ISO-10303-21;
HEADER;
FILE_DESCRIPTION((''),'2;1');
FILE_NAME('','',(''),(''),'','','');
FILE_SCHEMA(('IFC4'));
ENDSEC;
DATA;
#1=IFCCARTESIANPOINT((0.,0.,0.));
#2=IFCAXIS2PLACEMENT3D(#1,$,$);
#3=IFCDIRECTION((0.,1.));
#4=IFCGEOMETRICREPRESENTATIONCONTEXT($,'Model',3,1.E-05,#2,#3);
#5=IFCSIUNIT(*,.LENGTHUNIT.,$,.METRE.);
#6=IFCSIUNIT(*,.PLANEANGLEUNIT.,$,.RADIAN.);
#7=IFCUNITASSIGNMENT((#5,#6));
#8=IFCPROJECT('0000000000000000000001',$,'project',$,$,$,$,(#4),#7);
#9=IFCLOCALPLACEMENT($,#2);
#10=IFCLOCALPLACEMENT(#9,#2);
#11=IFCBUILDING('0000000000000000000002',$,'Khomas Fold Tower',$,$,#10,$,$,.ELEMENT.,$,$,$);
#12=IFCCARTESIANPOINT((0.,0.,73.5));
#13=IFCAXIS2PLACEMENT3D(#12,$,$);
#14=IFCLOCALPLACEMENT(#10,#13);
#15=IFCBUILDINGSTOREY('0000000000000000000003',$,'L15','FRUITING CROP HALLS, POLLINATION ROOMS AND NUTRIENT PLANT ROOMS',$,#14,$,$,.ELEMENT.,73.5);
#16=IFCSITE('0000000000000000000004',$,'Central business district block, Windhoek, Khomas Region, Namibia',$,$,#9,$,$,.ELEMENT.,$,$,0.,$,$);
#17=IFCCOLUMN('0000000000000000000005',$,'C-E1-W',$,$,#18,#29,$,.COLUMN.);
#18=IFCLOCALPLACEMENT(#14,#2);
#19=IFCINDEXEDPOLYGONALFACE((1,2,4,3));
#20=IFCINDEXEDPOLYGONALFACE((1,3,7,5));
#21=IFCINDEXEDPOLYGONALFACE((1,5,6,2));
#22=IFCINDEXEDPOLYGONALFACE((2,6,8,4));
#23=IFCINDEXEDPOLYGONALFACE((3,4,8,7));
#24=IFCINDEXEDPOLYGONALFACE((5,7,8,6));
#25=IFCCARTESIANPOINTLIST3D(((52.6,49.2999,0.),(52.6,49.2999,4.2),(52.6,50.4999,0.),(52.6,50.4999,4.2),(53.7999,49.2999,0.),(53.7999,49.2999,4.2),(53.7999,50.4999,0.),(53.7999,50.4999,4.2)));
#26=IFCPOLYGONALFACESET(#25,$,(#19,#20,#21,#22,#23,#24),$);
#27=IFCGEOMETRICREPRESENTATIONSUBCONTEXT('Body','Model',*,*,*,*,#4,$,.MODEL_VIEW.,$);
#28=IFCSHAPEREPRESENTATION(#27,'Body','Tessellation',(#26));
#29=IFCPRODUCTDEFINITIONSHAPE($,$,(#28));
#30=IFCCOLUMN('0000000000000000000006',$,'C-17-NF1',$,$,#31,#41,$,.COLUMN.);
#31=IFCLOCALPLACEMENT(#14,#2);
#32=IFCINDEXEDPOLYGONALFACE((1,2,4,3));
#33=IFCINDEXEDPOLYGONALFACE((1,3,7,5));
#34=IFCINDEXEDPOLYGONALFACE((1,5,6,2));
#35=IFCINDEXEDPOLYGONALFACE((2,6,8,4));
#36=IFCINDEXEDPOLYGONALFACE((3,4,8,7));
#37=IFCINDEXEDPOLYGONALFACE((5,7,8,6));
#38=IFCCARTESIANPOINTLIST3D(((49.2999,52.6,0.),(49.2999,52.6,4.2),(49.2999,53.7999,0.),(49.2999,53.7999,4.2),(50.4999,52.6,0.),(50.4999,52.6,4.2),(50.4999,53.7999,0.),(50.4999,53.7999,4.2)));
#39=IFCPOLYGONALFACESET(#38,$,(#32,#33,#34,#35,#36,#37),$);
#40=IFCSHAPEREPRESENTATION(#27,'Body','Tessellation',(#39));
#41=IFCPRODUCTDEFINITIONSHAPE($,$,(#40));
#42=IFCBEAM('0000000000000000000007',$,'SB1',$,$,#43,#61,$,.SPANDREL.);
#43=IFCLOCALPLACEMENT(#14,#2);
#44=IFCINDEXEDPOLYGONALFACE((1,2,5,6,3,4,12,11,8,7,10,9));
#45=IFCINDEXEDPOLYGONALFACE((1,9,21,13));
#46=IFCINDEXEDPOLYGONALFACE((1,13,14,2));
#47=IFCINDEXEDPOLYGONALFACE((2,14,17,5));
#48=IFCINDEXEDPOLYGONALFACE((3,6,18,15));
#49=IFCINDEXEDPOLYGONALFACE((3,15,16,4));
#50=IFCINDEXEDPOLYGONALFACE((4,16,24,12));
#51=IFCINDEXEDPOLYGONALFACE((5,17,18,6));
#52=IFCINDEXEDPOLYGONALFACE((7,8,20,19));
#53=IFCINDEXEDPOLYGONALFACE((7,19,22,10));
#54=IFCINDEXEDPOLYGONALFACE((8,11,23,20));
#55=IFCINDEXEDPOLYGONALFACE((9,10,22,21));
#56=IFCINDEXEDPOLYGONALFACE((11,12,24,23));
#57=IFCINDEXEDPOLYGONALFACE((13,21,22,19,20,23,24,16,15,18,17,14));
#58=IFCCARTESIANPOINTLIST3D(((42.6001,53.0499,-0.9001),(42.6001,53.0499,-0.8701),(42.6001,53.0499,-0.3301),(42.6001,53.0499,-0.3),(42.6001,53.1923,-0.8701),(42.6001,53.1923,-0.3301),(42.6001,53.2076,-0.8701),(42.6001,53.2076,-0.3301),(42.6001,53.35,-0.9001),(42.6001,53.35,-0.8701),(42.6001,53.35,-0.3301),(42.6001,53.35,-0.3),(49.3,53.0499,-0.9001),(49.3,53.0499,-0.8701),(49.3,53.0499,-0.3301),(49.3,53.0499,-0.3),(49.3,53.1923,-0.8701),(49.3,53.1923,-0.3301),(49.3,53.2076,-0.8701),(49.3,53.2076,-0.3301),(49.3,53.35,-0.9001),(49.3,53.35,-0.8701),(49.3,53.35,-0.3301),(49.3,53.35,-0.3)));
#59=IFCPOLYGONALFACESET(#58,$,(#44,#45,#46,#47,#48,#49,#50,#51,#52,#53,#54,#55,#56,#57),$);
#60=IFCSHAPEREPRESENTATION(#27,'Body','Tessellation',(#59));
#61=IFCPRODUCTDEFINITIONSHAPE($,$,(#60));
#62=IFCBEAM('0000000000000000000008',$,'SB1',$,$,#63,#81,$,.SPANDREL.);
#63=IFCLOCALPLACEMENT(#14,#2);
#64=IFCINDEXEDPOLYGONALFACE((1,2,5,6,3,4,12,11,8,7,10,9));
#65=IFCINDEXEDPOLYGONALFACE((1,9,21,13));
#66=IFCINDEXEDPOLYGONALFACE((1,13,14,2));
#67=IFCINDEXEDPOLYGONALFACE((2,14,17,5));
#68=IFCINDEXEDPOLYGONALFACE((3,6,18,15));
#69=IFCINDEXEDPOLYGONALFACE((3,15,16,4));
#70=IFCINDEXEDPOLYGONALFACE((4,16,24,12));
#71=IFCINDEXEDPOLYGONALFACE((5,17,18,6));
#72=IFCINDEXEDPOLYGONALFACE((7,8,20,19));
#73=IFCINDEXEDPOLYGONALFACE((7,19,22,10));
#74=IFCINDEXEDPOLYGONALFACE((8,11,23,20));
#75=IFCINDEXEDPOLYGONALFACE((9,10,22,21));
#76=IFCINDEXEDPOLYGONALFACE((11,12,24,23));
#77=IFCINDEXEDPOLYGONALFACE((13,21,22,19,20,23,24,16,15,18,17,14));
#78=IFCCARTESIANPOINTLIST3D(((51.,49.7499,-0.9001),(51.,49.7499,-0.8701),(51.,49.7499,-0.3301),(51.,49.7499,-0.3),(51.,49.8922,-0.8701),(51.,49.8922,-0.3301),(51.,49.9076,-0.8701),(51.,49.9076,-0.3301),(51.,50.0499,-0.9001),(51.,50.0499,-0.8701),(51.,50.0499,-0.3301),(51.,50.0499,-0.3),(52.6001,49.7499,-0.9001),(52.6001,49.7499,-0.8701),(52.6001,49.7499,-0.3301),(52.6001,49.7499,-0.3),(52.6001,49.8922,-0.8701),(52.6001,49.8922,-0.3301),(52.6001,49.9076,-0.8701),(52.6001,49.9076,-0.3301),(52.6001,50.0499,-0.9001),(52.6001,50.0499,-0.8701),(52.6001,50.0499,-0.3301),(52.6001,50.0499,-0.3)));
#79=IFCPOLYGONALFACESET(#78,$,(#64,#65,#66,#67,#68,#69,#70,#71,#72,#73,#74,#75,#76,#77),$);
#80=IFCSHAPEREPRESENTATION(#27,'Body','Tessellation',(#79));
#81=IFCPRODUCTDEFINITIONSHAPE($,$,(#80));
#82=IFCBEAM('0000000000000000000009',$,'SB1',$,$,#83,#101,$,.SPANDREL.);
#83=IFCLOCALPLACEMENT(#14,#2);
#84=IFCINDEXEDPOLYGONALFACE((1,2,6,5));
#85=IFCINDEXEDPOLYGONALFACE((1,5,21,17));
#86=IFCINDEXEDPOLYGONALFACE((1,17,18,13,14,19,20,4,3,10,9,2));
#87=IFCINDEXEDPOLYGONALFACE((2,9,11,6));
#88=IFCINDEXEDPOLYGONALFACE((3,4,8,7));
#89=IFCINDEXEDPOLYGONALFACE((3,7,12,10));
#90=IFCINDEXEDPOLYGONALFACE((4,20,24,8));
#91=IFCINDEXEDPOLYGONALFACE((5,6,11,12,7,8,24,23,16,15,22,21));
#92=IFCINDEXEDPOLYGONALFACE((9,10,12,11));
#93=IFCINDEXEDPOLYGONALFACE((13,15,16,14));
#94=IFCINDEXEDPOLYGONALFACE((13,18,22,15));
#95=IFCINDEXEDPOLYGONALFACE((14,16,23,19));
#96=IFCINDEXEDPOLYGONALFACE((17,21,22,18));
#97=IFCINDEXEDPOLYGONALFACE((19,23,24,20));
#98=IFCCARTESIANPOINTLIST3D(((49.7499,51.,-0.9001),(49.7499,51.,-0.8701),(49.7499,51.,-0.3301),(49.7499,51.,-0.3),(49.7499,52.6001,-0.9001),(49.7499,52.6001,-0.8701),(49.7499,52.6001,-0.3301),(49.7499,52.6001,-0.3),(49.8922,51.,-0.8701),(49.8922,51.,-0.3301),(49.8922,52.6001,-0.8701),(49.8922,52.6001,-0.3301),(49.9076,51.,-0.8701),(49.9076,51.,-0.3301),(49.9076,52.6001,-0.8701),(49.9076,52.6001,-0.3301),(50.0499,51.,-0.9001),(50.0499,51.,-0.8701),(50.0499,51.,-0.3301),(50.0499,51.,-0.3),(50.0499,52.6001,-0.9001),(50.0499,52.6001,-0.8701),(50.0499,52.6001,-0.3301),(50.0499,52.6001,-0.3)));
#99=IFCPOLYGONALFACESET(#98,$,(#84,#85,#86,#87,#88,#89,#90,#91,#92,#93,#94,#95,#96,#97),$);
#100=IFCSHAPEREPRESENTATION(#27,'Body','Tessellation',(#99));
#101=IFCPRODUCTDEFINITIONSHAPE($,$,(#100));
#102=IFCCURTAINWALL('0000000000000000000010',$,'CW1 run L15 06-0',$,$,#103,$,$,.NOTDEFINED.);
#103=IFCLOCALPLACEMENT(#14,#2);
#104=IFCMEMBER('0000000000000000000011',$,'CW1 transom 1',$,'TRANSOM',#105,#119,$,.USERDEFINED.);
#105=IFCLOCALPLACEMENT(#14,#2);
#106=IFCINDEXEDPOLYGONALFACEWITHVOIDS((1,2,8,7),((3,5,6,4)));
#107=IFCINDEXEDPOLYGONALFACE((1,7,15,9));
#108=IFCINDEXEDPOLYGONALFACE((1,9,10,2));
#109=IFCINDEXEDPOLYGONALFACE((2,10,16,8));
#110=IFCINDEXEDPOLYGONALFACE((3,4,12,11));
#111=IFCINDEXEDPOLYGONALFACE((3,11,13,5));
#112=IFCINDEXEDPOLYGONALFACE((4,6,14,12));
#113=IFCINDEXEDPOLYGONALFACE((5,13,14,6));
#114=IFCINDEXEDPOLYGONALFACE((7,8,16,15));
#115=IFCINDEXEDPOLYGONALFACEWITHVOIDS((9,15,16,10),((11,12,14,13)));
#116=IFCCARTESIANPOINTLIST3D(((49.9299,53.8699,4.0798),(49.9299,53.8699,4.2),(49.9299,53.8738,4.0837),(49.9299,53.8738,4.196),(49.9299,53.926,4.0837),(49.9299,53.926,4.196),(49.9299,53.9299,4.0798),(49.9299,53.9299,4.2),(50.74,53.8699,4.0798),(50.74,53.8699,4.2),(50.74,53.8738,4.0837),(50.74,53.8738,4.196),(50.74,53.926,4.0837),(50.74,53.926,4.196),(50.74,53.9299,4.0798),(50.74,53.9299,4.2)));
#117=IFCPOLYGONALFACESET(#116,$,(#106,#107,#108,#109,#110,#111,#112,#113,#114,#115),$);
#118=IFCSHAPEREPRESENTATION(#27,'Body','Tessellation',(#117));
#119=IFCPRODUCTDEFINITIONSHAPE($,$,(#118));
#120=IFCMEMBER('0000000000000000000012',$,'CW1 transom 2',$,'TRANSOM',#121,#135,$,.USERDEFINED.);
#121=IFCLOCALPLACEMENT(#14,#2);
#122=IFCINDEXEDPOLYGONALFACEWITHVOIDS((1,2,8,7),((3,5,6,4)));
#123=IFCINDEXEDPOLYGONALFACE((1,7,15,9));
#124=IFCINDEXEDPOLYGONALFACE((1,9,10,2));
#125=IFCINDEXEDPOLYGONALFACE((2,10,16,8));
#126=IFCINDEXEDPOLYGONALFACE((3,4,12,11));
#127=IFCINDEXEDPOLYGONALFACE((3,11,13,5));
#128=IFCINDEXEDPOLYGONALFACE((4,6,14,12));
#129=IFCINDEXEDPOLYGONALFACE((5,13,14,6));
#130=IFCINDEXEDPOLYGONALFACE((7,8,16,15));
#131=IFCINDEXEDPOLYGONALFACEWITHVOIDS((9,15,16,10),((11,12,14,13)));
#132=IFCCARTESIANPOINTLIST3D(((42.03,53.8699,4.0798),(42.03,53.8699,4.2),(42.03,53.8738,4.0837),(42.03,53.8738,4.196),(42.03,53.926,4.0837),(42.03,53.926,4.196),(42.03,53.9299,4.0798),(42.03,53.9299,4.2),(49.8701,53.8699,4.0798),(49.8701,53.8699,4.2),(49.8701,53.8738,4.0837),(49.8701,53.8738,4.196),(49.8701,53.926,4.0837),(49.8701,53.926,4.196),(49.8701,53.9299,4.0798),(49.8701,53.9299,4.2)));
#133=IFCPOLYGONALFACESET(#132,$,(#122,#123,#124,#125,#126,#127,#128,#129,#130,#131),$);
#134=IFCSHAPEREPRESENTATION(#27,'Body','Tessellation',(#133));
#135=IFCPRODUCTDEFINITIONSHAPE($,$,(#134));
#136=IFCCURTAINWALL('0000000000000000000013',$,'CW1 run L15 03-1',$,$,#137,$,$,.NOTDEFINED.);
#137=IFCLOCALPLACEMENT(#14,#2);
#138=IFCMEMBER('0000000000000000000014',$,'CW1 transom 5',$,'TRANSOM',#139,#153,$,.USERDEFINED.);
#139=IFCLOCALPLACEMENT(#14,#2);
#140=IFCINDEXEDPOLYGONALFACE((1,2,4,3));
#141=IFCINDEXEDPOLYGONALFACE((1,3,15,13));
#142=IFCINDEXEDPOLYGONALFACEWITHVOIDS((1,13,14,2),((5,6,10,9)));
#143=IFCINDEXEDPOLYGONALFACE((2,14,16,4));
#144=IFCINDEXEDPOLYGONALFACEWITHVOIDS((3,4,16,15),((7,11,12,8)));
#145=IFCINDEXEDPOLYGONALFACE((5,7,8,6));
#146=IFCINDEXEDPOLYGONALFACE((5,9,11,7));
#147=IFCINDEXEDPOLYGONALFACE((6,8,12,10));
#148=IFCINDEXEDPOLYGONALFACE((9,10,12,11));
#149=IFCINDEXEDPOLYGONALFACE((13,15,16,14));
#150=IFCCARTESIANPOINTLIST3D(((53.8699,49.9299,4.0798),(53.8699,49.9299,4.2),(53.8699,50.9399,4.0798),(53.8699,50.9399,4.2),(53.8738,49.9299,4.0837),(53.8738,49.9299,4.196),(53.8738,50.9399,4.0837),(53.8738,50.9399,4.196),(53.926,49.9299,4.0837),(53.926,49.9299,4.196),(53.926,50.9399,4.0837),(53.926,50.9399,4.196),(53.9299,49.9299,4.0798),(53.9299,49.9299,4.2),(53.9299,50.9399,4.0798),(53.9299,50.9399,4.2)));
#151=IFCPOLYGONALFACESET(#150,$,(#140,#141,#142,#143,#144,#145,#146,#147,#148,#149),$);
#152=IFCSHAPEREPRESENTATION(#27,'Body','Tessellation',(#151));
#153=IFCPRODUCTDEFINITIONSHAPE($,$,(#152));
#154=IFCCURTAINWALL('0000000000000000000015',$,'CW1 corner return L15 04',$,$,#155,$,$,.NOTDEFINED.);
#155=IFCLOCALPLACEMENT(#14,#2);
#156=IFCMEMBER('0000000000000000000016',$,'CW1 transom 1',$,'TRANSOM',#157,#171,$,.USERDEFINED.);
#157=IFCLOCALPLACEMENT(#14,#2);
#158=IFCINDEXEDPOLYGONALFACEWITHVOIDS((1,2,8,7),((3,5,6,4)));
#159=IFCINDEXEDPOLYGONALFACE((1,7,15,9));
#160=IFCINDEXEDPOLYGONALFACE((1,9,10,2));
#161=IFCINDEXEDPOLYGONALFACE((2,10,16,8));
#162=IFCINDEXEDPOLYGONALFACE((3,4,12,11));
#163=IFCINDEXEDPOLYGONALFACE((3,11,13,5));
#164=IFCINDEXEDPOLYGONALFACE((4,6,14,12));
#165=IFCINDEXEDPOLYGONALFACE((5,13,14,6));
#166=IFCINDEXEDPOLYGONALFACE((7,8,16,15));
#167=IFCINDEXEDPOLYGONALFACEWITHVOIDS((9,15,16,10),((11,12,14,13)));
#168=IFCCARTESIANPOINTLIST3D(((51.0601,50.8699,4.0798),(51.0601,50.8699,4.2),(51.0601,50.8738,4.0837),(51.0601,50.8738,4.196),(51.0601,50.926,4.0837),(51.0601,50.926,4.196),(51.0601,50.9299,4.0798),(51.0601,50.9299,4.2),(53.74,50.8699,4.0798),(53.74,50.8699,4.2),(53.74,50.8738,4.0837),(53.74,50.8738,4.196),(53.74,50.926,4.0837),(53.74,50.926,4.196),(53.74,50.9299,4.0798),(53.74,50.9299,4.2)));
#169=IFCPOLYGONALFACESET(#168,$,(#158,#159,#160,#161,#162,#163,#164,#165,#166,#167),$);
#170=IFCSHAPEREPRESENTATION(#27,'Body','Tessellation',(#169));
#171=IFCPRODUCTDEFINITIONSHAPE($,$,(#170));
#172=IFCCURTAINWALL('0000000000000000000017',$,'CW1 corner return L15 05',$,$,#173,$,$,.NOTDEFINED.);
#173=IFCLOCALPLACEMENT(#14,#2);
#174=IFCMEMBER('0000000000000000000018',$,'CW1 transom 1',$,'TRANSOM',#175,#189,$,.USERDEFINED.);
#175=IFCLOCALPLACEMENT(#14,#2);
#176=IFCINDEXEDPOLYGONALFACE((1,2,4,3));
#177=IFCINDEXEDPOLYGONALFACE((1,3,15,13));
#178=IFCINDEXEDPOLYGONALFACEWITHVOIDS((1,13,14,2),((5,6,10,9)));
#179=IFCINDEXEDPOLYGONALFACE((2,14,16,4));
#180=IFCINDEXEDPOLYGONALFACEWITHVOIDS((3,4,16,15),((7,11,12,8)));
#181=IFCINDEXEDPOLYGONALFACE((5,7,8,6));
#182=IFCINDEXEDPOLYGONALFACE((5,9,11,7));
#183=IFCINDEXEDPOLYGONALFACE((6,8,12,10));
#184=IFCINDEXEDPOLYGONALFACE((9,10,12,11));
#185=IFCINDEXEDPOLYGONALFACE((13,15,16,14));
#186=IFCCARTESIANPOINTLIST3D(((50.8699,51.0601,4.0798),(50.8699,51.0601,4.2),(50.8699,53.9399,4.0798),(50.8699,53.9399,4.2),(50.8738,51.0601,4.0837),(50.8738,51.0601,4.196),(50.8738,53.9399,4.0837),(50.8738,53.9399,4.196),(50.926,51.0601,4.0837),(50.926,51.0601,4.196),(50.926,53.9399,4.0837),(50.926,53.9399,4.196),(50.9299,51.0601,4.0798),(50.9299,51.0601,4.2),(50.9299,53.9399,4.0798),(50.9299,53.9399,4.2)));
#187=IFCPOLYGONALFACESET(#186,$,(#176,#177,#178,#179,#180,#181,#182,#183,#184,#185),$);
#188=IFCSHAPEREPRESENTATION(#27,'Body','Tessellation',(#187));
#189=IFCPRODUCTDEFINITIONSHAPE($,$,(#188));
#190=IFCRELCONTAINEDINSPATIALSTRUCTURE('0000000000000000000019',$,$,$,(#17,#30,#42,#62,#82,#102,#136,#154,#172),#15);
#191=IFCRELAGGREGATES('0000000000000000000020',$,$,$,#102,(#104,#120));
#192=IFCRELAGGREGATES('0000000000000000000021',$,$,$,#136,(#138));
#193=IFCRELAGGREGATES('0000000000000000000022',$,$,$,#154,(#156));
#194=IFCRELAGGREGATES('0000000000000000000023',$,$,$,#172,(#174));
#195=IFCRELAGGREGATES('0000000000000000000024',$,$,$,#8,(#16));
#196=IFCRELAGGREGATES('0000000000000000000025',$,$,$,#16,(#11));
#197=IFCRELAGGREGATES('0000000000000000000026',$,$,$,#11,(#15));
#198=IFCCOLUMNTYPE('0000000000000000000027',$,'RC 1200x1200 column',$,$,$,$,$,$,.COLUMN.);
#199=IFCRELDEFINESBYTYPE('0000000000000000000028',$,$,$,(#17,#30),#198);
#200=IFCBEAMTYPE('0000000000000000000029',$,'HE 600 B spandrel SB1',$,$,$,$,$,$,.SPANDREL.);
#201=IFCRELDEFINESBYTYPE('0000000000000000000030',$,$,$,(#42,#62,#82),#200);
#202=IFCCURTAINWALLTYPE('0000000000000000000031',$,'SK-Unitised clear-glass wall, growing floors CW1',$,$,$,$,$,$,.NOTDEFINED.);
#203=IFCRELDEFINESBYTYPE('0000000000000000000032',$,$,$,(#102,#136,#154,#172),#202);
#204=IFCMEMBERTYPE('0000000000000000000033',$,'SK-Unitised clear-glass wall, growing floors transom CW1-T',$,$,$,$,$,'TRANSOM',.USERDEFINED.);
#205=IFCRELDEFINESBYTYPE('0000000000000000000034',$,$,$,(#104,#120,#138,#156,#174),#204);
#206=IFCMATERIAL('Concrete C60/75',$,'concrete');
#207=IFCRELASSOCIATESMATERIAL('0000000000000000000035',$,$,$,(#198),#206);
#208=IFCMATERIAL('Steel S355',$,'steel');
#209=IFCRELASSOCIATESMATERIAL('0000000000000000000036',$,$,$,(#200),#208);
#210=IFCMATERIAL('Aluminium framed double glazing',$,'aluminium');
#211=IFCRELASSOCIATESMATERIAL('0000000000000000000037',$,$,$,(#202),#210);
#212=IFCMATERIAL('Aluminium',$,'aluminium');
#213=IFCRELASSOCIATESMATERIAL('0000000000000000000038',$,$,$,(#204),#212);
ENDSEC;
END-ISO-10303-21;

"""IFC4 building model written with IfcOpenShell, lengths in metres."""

from ifc_helpers import new_model, si_unit, direction, frame, origin, origin_2d, place, context, subcontext, project, spatial, rectangle, hollow_rectangle, i_section, extrude, source, transform, mapped, material, material_profile, profile_set, type_object, element, aggregate, save


model = new_model("IFC4")

# Units and contexts
model_context = context("Model", 3, precision=1e-05, world=origin(), true_north=direction((0.0, 1.0)))
body_context = subcontext(model_context, "Body", "Model", "MODEL_VIEW")
ifc_project = project(units=[si_unit("LENGTHUNIT", "METRE"), si_unit("PLANEANGLEUNIT", "RADIAN")], contexts=[model_context])

# Site, building, storey
site_placement = place(None, origin())
site = spatial("IfcSite", under=ifc_project, at=site_placement, Name="Central business district block, Windhoek, Khomas Region, Namibia", CompositionType="ELEMENT", RefElevation=0.0)
building_placement = place(site_placement, origin())
building = spatial("IfcBuilding", under=site, at=building_placement, Name="Khomas Fold Tower", CompositionType="ELEMENT")
storey_placement = place(building_placement, frame((0.0, 0.0, 73.5)))
storey = spatial("IfcBuildingStorey", under=building, at=storey_placement, Name="L15", Description="FRUITING CROP HALLS, POLLINATION ROOMS AND NUTRIENT PLANT ROOMS", CompositionType="ELEMENT", Elevation=73.5)

# Columns
ifc_material_1 = material(Name="Concrete C60/75", Category="concrete")
ifc_material_profile_1 = material_profile(ifc_material_1, rectangle(XDim=1.2, YDim=1.2, at=origin_2d()), Name="RC 1200x1200")
ifc_profile_set_1 = profile_set([ifc_material_profile_1], Name="Concrete C60/75")
column_type = type_object("IfcColumnType", Name="RC 1200x1200 column", PredefinedType="COLUMN", material=ifc_profile_set_1)
shared_shape_1 = source(origin(), body_context, "Body", "SweptSolid", [
    extrude(rectangle(XDim=1.2, YDim=1.2, at=origin_2d()), origin(), (0.0, 0.0, 1.0), 4.2),
])
for number, where, z_axis, x_axis, name in (
    (1, (53.2, 49.8999, 0.0), (0.0, 0.0, 1.0), (1.0, 0.0, 0.0), "C-E1-W"),
    (2, (49.8999, 53.2, 0.0), (0.0, 0.0, 1.0), (1.0, 0.0, 0.0), "C-17-NF1"),
):
    element("IfcColumn", number, at=place(storey_placement, frame(where, z_axis=z_axis, x_axis=x_axis)), inside=storey, type_object=column_type, Name=name, PredefinedType="COLUMN", context=body_context, shape_type="MappedRepresentation", body=[
        mapped(shared_shape_1, transform((0.0, 0.0, 0.0))),
    ])

# Beams
ifc_material_2 = material(Name="Steel S355", Category="steel")
ifc_material_profile_2 = material_profile(ifc_material_2, i_section(OverallWidth=0.3, OverallDepth=0.6001, WebThickness=0.0154, FlangeThickness=0.03, at=origin_2d()), Name="HE 600 B")
ifc_profile_set_2 = profile_set([ifc_material_profile_2], Name="Steel S355")
beam_type = type_object("IfcBeamType", Name="HE 600 B spandrel SB1", PredefinedType="SPANDREL", material=ifc_profile_set_2)
shared_shape_2 = source(origin(), body_context, "Body", "SweptSolid", [
    extrude(i_section(OverallWidth=0.3, OverallDepth=0.6001, WebThickness=0.0154, FlangeThickness=0.03, at=origin_2d()), origin(), (0.0, 0.0, 1.0), 6.7),
])
beam_placement = place(storey_placement, frame((42.6001, 53.2, -0.6001), z_axis=(1.0, 0.0, 0.0), x_axis=(0.0, 1.0, 0.0)))
element("IfcBeam", 3, at=beam_placement, inside=storey, type_object=beam_type, Name="SB1", PredefinedType="SPANDREL", context=body_context, shape_type="MappedRepresentation", body=[
    mapped(shared_shape_2, transform((0.0, 0.0, 0.0))),
])
shared_shape_3 = source(origin(), body_context, "Body", "SweptSolid", [
    extrude(i_section(OverallWidth=0.3, OverallDepth=0.6001, WebThickness=0.0154, FlangeThickness=0.03, at=origin_2d()), origin(), (0.0, 0.0, 1.0), 1.6001),
])
for number, where, z_axis, x_axis, name in (
    (4, (51.0, 49.8999, -0.6001), (1.0, 0.0, 0.0), (0.0, 1.0, 0.0), "SB1"),
    (5, (49.8999, 51.0, -0.6001), (0.0, 1.0, 0.0), (-1.0, 0.0, 0.0), "SB1"),
):
    element("IfcBeam", number, at=place(storey_placement, frame(where, z_axis=z_axis, x_axis=x_axis)), inside=storey, type_object=beam_type, Name=name, PredefinedType="SPANDREL", context=body_context, shape_type="MappedRepresentation", body=[
        mapped(shared_shape_3, transform((0.0, 0.0, 0.0))),
    ])

# Curtain wall, members
ifc_material_3 = material(Name="Aluminium framed double glazing", Category="aluminium")
curtain_wall_type = type_object("IfcCurtainWallType", Name="SK-Unitised clear-glass wall, growing floors CW1", PredefinedType="NOTDEFINED", material=ifc_material_3)
curtain_wall_1_placement = place(storey_placement, origin())
curtain_wall_1 = element("IfcCurtainWall", 6, at=curtain_wall_1_placement, inside=storey, type_object=curtain_wall_type, Name="CW1 run L15 06-0", PredefinedType="NOTDEFINED")
ifc_material_4 = material(Name="Aluminium", Category="aluminium")
ifc_material_profile_3 = material_profile(ifc_material_4, hollow_rectangle(XDim=0.0601, YDim=0.1201, WallThickness=0.0039, at=origin_2d()), Name="SK-Unitised clear-glass wall, growing floors transom CW1-T")
ifc_profile_set_3 = profile_set([ifc_material_profile_3], Name="Aluminium")
member_type_1 = type_object("IfcMemberType", Name="SK-Unitised clear-glass wall, growing floors transom CW1-T", ElementType="TRANSOM", PredefinedType="USERDEFINED", material=ifc_profile_set_3)
shared_shape_4 = source(origin(), body_context, "Body", "SweptSolid", [
    extrude(hollow_rectangle(XDim=0.0601, YDim=0.1201, WallThickness=0.0039, at=origin_2d()), origin(), (0.0, 0.0, 1.0), 0.8101),
])
member_1_placement = place(storey_placement, frame((50.74, 53.8999, 4.1399), z_axis=(-1.0, 0.0, 0.0), x_axis=(0.0, -1.0, 0.0)))
member_1 = element("IfcMember", 7, at=member_1_placement, type_object=member_type_1, Name="CW1 transom 1", ObjectType="TRANSOM", PredefinedType="USERDEFINED", context=body_context, shape_type="MappedRepresentation", body=[
    mapped(shared_shape_4, transform((0.0, 0.0, 0.0))),
])
shared_shape_5 = source(origin(), body_context, "Body", "SweptSolid", [
    extrude(hollow_rectangle(XDim=0.0601, YDim=0.1201, WallThickness=0.0039, at=origin_2d()), origin(), (0.0, 0.0, 1.0), 7.8401),
])
member_2_placement = place(storey_placement, frame((49.8701, 53.8999, 4.1399), z_axis=(-1.0, 0.0, 0.0), x_axis=(0.0, -1.0, 0.0)))
member_2 = element("IfcMember", 8, at=member_2_placement, type_object=member_type_1, Name="CW1 transom 2", ObjectType="TRANSOM", PredefinedType="USERDEFINED", context=body_context, shape_type="MappedRepresentation", body=[
    mapped(shared_shape_5, transform((0.0, 0.0, 0.0))),
])

# Curtain walls, members
curtain_wall_2_placement = place(storey_placement, origin())
curtain_wall_2 = element("IfcCurtainWall", 9, at=curtain_wall_2_placement, inside=storey, type_object=curtain_wall_type, Name="CW1 run L15 03-1", PredefinedType="NOTDEFINED")
shared_shape_6 = source(origin(), body_context, "Body", "SweptSolid", [
    extrude(hollow_rectangle(XDim=0.0601, YDim=0.1201, WallThickness=0.0039, at=origin_2d()), origin(), (0.0, 0.0, 1.0), 1.01),
])
member_3_placement = place(storey_placement, frame((53.8999, 49.9299, 4.1399), z_axis=(0.0, 1.0, 0.0), x_axis=(-1.0, 0.0, 0.0)))
member_3 = element("IfcMember", 10, at=member_3_placement, type_object=member_type_1, Name="CW1 transom 5", ObjectType="TRANSOM", PredefinedType="USERDEFINED", context=body_context, shape_type="MappedRepresentation", body=[
    mapped(shared_shape_6, transform((0.0, 0.0, 0.0))),
])
curtain_wall_3_placement = place(storey_placement, origin())
curtain_wall_3 = element("IfcCurtainWall", 11, at=curtain_wall_3_placement, inside=storey, type_object=curtain_wall_type, Name="CW1 corner return L15 04", PredefinedType="NOTDEFINED")
shared_shape_7 = source(origin(), body_context, "Body", "SweptSolid", [
    extrude(hollow_rectangle(XDim=0.0601, YDim=0.1201, WallThickness=0.0039, at=origin_2d()), origin(), (0.0, 0.0, 1.0), 2.6799),
])
member_4_placement = place(storey_placement, frame((53.74, 50.8999, 4.1399), z_axis=(-1.0, 0.0, 0.0), x_axis=(0.0, -1.0, 0.0)))
member_4 = element("IfcMember", 12, at=member_4_placement, type_object=member_type_1, Name="CW1 transom 1", ObjectType="TRANSOM", PredefinedType="USERDEFINED", context=body_context, shape_type="MappedRepresentation", body=[
    mapped(shared_shape_7, transform((0.0, 0.0, 0.0))),
])
curtain_wall_4_placement = place(storey_placement, origin())
curtain_wall_4 = element("IfcCurtainWall", 13, at=curtain_wall_4_placement, inside=storey, type_object=curtain_wall_type, Name="CW1 corner return L15 05", PredefinedType="NOTDEFINED")
shared_shape_8 = source(origin(), body_context, "Body", "SweptSolid", [
    extrude(hollow_rectangle(XDim=0.0601, YDim=0.1201, WallThickness=0.0039, at=origin_2d()), origin(), (0.0, 0.0, 1.0), 2.8799),
])
member_5_placement = place(storey_placement, frame((50.8999, 51.0601, 4.1399), z_axis=(0.0, 1.0, 0.0), x_axis=(-1.0, 0.0, 0.0)))
member_5 = element("IfcMember", 14, at=member_5_placement, type_object=member_type_1, Name="CW1 transom 1", ObjectType="TRANSOM", PredefinedType="USERDEFINED", context=body_context, shape_type="MappedRepresentation", body=[
    mapped(shared_shape_8, transform((0.0, 0.0, 0.0))),
])

aggregate(curtain_wall_1, [member_1, member_2])
aggregate(curtain_wall_2, [member_3])
aggregate(curtain_wall_3, [member_4])
aggregate(curtain_wall_4, [member_5])

save(model, "model.ifc")
